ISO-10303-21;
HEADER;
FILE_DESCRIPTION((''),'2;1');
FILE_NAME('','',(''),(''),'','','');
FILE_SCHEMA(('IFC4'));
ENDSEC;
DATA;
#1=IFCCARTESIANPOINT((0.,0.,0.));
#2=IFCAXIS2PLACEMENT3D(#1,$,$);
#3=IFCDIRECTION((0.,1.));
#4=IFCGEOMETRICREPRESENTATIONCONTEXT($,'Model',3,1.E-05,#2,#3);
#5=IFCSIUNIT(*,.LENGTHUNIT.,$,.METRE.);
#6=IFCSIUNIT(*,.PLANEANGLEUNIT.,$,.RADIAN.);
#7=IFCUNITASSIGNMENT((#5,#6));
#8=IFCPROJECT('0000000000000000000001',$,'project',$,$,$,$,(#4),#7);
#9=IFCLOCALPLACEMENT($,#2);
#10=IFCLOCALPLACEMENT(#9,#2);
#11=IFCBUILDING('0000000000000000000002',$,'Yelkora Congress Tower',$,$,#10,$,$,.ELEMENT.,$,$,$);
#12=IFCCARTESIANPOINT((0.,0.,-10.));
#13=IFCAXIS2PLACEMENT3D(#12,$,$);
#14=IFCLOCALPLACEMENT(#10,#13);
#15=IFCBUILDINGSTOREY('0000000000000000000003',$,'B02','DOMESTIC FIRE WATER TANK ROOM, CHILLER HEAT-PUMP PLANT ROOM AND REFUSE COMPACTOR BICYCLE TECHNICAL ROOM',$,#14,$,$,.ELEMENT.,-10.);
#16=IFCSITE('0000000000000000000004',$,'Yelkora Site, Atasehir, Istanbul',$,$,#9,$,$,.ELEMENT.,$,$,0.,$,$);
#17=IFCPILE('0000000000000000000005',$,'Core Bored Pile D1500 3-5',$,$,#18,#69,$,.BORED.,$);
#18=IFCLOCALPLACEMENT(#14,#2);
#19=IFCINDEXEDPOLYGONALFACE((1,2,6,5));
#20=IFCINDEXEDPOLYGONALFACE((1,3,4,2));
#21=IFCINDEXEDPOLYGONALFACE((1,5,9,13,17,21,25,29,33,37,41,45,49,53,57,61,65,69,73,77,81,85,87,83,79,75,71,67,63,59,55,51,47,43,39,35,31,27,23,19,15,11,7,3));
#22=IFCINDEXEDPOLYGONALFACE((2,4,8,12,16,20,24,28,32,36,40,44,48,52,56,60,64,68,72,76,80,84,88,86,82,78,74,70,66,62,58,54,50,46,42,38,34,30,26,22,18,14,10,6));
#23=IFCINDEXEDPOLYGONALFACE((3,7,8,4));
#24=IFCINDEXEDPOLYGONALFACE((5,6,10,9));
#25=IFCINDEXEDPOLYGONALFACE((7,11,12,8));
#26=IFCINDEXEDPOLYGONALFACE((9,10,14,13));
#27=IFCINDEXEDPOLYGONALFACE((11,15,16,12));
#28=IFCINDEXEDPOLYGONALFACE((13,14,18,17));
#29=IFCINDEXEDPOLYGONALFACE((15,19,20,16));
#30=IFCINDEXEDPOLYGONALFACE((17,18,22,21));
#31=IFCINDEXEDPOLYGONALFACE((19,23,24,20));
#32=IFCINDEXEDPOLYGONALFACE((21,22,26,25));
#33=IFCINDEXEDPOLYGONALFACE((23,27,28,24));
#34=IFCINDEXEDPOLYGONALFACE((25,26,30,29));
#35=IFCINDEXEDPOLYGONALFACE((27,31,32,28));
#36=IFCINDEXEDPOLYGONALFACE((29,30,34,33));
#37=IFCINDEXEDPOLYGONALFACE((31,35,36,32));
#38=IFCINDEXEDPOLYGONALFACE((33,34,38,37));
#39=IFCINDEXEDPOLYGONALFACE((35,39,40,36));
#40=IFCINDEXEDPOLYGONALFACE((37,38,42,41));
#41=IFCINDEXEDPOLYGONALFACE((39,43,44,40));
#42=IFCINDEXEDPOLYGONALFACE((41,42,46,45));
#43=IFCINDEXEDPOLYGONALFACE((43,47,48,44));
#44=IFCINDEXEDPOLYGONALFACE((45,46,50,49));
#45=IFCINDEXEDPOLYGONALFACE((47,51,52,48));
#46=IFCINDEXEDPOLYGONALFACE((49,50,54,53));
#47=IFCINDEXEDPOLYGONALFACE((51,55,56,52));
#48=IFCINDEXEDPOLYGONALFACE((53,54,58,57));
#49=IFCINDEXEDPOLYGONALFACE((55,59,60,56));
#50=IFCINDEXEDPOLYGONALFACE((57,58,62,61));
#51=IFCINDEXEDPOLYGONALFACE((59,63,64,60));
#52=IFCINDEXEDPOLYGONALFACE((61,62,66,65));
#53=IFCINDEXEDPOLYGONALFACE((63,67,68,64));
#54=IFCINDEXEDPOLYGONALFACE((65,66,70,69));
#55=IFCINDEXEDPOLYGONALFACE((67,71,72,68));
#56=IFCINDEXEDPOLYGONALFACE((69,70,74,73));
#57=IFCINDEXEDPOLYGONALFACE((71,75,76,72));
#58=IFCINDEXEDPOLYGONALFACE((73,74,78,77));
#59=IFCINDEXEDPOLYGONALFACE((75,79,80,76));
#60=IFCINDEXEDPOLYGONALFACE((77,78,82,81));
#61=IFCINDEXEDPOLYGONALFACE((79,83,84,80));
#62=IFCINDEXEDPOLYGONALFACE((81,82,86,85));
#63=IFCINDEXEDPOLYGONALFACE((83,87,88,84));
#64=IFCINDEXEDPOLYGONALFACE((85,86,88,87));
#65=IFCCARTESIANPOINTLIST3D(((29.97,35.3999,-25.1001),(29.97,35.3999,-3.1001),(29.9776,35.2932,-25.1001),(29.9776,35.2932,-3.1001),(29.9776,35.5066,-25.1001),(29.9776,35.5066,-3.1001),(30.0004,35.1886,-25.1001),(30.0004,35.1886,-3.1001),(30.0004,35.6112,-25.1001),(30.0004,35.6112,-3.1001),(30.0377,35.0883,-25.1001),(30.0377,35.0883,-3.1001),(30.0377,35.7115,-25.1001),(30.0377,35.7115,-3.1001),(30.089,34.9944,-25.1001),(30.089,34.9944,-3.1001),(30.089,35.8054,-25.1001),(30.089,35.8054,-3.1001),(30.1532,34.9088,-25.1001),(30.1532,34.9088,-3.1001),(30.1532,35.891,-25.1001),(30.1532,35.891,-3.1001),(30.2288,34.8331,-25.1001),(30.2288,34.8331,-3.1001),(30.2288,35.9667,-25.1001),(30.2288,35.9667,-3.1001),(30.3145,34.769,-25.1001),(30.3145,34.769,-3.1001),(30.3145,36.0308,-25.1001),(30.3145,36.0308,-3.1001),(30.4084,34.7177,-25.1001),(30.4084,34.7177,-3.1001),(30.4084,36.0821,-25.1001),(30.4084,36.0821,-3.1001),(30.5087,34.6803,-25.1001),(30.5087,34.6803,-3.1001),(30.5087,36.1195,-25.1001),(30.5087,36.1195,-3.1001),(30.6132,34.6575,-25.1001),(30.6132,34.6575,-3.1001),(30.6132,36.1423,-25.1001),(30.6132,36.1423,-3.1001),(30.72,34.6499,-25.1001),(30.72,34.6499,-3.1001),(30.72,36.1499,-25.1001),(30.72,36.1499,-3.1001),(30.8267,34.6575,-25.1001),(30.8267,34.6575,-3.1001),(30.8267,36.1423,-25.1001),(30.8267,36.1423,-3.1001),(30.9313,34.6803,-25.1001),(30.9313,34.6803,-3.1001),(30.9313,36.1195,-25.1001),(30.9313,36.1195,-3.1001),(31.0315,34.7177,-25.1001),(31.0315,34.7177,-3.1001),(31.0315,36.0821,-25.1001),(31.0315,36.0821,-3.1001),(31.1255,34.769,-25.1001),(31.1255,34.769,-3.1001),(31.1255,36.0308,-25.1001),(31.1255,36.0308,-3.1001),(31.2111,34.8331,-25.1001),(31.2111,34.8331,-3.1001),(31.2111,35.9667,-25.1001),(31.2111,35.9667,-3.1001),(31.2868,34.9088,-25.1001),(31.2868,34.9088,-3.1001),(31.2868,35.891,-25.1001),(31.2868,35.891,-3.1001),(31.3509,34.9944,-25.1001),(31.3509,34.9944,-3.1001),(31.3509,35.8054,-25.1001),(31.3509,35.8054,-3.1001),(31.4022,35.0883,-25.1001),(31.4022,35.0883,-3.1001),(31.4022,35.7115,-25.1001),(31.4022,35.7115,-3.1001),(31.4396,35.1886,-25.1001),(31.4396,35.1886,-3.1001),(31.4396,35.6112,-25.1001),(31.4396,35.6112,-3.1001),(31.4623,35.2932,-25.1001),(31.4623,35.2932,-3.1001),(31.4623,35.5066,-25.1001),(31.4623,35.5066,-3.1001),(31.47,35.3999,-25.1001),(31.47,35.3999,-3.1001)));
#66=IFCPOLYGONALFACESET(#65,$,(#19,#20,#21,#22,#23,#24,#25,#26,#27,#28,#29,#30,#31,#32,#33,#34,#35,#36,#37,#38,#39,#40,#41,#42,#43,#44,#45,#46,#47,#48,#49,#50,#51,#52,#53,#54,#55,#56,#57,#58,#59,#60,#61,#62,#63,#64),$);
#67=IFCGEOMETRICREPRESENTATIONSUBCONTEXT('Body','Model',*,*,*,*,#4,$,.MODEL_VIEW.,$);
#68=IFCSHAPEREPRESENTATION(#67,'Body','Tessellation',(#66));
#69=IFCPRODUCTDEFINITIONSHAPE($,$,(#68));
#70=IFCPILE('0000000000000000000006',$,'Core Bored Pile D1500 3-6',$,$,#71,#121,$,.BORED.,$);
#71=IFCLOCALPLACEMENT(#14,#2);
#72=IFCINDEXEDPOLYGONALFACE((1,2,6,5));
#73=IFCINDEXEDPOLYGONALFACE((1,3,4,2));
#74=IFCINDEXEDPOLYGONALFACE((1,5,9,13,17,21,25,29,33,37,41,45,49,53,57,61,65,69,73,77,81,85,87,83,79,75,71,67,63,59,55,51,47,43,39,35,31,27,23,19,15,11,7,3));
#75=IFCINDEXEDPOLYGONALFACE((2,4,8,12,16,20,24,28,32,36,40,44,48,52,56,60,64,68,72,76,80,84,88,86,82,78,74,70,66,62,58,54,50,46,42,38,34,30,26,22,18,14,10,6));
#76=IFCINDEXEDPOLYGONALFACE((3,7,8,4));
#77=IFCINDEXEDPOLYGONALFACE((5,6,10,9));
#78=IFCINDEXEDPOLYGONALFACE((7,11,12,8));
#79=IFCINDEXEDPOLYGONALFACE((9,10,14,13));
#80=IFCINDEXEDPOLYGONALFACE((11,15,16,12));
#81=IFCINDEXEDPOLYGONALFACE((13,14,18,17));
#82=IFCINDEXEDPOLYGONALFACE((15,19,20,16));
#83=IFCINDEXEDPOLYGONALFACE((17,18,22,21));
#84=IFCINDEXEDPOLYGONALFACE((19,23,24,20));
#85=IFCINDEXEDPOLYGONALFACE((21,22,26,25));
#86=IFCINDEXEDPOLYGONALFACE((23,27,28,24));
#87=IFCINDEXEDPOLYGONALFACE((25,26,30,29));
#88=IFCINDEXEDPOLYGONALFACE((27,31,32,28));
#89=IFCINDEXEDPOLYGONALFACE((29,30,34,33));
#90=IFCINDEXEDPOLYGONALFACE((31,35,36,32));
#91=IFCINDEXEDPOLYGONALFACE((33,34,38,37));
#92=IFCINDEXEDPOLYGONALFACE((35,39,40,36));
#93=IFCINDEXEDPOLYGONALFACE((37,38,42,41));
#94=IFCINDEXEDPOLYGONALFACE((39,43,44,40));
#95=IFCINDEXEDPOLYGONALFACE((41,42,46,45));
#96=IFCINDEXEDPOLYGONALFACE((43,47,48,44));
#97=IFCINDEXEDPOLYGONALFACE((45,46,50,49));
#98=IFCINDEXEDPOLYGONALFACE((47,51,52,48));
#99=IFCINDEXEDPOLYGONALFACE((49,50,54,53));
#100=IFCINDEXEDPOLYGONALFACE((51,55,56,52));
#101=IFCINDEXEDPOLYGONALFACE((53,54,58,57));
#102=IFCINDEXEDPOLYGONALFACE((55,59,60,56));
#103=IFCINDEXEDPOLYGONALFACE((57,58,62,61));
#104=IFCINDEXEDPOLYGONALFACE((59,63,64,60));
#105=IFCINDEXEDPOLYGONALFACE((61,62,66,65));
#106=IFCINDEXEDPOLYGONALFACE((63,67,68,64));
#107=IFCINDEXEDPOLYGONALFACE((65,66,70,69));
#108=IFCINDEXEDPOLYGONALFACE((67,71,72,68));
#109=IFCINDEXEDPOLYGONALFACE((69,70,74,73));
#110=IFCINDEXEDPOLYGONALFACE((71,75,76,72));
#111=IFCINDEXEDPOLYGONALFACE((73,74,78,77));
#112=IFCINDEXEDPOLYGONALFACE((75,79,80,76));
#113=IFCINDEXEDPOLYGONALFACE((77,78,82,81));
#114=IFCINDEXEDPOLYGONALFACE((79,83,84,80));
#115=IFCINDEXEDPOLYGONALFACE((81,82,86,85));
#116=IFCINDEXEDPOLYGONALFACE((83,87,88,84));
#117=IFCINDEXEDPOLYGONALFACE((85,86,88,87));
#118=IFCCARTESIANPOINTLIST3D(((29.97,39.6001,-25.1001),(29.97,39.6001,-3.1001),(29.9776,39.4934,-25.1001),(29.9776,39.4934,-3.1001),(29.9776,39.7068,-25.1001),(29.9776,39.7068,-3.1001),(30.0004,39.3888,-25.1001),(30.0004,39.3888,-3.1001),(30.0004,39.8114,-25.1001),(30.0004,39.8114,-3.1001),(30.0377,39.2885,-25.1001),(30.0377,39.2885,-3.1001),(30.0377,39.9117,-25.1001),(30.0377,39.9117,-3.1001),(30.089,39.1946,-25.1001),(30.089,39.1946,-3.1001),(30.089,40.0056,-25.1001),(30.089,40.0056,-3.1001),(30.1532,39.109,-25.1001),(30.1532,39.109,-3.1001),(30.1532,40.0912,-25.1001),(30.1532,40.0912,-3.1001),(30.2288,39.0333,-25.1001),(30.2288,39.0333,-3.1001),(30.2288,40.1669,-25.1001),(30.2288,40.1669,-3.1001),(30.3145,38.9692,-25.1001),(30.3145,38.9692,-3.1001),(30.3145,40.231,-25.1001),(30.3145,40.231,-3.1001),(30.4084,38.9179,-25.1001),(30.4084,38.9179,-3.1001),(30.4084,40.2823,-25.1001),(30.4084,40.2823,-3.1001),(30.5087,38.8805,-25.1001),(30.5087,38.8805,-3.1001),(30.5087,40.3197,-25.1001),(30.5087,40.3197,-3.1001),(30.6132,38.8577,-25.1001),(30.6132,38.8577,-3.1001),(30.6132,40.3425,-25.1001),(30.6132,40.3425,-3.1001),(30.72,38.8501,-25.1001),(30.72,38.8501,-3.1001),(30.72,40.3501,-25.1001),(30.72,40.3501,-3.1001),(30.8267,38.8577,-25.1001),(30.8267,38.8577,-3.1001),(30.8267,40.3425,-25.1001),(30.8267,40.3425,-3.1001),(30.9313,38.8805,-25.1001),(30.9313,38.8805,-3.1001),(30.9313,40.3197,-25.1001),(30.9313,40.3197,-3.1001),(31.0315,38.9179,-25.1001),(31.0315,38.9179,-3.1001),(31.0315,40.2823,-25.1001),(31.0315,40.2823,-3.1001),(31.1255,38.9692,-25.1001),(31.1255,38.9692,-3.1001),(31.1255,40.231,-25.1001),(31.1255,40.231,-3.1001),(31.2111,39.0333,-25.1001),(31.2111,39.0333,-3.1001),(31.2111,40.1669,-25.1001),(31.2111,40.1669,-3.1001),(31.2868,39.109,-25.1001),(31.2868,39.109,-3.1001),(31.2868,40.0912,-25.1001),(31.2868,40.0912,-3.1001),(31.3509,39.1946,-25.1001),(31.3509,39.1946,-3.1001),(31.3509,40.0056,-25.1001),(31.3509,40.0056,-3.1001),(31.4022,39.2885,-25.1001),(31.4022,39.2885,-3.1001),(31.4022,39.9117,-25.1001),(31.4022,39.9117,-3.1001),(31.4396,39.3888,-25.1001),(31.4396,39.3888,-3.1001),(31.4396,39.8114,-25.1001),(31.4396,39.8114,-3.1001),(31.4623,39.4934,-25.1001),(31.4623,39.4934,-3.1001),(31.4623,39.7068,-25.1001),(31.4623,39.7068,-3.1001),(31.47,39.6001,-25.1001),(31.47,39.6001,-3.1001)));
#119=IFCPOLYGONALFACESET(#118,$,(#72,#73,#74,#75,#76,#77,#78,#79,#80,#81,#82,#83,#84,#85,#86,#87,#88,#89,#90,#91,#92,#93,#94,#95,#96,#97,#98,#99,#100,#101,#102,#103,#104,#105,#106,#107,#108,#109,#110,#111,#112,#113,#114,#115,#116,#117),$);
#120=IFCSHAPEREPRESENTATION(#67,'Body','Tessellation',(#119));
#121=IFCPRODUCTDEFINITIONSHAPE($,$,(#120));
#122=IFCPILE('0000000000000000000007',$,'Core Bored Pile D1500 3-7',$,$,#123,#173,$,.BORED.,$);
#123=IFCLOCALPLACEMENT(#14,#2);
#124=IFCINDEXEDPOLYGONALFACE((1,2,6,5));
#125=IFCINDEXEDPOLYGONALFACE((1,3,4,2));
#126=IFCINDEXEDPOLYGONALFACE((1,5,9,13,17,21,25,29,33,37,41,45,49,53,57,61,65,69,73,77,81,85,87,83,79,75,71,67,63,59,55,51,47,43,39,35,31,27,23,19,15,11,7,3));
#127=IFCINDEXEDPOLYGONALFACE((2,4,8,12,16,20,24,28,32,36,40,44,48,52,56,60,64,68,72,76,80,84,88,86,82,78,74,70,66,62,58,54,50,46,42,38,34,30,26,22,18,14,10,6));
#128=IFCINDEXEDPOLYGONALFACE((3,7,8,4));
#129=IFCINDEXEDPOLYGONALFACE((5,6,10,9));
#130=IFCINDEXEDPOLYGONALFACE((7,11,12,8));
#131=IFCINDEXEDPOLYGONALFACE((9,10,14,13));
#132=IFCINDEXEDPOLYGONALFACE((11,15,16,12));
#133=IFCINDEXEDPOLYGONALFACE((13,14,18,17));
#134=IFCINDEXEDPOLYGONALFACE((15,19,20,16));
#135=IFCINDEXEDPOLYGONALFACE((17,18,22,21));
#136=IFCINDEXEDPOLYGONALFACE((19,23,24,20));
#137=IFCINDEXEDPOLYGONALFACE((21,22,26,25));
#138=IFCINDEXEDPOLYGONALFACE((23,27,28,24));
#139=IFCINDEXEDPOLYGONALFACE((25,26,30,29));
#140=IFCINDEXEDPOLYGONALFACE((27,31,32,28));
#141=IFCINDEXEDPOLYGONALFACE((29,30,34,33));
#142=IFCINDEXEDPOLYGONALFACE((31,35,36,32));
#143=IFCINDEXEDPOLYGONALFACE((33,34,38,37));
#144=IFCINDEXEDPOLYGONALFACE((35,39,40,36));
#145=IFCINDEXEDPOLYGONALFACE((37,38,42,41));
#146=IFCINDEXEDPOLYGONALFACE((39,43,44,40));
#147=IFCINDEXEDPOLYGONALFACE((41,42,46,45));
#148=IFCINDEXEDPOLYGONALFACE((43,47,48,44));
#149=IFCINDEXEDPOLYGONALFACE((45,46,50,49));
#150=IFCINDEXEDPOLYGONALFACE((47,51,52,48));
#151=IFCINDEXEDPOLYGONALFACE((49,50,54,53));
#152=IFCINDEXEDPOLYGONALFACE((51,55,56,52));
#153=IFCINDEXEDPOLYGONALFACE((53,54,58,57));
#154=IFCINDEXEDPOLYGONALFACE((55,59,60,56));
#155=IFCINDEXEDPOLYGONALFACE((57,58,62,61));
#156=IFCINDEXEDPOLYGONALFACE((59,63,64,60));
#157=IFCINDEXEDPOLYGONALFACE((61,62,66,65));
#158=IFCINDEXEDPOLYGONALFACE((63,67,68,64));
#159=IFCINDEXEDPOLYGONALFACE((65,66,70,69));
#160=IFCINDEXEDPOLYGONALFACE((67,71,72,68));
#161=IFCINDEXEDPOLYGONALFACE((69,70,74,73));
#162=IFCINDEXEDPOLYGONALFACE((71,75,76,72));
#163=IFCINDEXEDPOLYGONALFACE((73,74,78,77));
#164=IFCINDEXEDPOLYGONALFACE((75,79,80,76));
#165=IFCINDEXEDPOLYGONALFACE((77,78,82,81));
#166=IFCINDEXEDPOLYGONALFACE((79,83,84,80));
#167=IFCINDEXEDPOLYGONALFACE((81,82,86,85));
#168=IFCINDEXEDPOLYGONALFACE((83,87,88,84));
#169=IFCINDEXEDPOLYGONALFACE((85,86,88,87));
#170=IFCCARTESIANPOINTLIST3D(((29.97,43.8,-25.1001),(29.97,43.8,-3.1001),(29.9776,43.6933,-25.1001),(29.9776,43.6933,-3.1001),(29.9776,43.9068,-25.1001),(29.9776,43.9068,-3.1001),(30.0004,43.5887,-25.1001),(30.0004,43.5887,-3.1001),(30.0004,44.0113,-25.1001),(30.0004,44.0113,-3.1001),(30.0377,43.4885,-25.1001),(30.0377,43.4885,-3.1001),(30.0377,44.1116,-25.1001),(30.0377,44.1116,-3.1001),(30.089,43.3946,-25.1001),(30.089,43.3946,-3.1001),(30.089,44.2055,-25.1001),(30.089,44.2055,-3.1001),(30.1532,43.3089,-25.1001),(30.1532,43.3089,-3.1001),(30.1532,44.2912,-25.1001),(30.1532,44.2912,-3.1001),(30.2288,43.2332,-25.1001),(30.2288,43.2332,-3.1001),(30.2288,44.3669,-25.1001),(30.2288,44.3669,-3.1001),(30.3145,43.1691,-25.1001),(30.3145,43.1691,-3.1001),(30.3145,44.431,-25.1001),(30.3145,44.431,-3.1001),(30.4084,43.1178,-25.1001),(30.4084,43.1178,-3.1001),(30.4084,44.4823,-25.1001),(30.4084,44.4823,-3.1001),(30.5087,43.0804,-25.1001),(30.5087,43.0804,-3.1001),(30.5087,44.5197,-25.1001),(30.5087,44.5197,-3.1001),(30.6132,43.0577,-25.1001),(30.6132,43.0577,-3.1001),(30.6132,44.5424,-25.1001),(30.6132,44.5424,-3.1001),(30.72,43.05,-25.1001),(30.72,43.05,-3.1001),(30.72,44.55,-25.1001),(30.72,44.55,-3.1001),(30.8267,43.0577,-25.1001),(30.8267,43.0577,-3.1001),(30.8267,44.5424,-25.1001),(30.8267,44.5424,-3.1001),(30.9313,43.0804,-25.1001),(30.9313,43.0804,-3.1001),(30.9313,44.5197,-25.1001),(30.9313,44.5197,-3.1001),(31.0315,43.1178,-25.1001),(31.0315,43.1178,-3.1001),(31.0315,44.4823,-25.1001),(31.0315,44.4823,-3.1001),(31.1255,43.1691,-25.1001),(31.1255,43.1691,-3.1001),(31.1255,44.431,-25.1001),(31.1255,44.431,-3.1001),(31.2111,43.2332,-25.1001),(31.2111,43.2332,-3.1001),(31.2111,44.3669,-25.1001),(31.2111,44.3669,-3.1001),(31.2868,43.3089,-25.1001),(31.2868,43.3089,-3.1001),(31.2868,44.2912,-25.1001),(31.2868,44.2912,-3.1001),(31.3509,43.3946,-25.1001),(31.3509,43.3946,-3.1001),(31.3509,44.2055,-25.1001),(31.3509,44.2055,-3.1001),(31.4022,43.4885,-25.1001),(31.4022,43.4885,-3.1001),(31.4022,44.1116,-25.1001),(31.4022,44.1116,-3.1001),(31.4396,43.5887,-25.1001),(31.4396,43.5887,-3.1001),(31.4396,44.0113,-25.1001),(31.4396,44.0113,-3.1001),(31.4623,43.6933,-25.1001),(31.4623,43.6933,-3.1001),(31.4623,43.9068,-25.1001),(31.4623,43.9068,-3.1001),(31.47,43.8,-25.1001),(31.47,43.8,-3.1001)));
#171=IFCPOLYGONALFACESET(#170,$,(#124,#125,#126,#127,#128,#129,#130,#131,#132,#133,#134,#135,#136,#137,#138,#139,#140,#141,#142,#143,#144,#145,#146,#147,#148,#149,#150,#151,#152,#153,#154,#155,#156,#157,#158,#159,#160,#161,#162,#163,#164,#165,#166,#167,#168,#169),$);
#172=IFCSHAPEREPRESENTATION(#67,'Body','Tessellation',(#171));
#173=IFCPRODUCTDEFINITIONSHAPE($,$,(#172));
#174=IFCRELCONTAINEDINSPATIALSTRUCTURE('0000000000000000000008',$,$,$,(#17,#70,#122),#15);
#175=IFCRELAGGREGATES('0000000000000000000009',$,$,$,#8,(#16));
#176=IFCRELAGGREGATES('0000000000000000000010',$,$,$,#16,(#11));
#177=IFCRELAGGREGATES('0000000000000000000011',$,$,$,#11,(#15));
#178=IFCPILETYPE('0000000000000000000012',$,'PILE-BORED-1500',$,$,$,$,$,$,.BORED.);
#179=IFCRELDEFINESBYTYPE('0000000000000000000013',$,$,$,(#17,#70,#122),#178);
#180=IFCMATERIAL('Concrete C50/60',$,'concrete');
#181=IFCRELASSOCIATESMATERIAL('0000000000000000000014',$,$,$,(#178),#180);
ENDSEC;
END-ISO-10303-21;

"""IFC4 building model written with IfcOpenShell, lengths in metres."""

from ifc_helpers import new_model, si_unit, direction, frame, origin, origin_2d, place, context, subcontext, project, spatial, circle, extrude, material, material_profile, profile_set, type_object, element, save


model = new_model("IFC4")

# Units and contexts
model_context = context("Model", 3, precision=1e-05, world=origin(), true_north=direction((0.0, 1.0)))
body_context = subcontext(model_context, "Body", "Model", "MODEL_VIEW")
ifc_project = project(units=[si_unit("LENGTHUNIT", "METRE"), si_unit("PLANEANGLEUNIT", "RADIAN")], contexts=[model_context])

# Site, building, storey
site_placement = place(None, origin())
site = spatial("IfcSite", under=ifc_project, at=site_placement, Name="Yelkora Site, Atasehir, Istanbul", CompositionType="ELEMENT", RefElevation=0.0)
building_placement = place(site_placement, origin())
building = spatial("IfcBuilding", under=site, at=building_placement, Name="Yelkora Congress Tower", CompositionType="ELEMENT")
storey_placement = place(building_placement, frame((0.0, 0.0, -10.0)))
storey = spatial("IfcBuildingStorey", under=building, at=storey_placement, Name="B02", Description="DOMESTIC FIRE WATER TANK ROOM, CHILLER HEAT-PUMP PLANT ROOM AND REFUSE COMPACTOR BICYCLE TECHNICAL ROOM", CompositionType="ELEMENT", Elevation=-10.0)

# Piles
ifc_material_1 = material(Name="Concrete C50/60", Category="concrete")
ifc_material_profile_1 = material_profile(ifc_material_1, circle(Radius=0.75, at=origin_2d()), Name="PILE D1500")
ifc_profile_set_1 = profile_set([ifc_material_profile_1], Name="Concrete C50/60")
pile_type = type_object("IfcPileType", Name="PILE-BORED-1500", PredefinedType="BORED", material=ifc_profile_set_1)
for number, where, z_axis, x_axis, name in (
    (1, (30.72, 35.3999, -3.1001), (0.0, 0.0, -1.0), (1.0, 0.0, 0.0), "Core Bored Pile D1500 3-5"),
    (2, (30.72, 39.6001, -3.1001), (0.0, 0.0, -1.0), (1.0, 0.0, 0.0), "Core Bored Pile D1500 3-6"),
    (3, (30.72, 43.8, -3.1001), (0.0, 0.0, -1.0), (1.0, 0.0, 0.0), "Core Bored Pile D1500 3-7"),
):
    element("IfcPile", number, at=place(storey_placement, frame(where, z_axis=z_axis, x_axis=x_axis)), inside=storey, type_object=pile_type, Name=name, PredefinedType="BORED", context=body_context, shape_type="SweptSolid", body=[
        extrude(circle(Radius=0.75, at=origin_2d()), origin(), (0.0, 0.0, 1.0), 22.0),
    ])

save(model, "model.ifc")
